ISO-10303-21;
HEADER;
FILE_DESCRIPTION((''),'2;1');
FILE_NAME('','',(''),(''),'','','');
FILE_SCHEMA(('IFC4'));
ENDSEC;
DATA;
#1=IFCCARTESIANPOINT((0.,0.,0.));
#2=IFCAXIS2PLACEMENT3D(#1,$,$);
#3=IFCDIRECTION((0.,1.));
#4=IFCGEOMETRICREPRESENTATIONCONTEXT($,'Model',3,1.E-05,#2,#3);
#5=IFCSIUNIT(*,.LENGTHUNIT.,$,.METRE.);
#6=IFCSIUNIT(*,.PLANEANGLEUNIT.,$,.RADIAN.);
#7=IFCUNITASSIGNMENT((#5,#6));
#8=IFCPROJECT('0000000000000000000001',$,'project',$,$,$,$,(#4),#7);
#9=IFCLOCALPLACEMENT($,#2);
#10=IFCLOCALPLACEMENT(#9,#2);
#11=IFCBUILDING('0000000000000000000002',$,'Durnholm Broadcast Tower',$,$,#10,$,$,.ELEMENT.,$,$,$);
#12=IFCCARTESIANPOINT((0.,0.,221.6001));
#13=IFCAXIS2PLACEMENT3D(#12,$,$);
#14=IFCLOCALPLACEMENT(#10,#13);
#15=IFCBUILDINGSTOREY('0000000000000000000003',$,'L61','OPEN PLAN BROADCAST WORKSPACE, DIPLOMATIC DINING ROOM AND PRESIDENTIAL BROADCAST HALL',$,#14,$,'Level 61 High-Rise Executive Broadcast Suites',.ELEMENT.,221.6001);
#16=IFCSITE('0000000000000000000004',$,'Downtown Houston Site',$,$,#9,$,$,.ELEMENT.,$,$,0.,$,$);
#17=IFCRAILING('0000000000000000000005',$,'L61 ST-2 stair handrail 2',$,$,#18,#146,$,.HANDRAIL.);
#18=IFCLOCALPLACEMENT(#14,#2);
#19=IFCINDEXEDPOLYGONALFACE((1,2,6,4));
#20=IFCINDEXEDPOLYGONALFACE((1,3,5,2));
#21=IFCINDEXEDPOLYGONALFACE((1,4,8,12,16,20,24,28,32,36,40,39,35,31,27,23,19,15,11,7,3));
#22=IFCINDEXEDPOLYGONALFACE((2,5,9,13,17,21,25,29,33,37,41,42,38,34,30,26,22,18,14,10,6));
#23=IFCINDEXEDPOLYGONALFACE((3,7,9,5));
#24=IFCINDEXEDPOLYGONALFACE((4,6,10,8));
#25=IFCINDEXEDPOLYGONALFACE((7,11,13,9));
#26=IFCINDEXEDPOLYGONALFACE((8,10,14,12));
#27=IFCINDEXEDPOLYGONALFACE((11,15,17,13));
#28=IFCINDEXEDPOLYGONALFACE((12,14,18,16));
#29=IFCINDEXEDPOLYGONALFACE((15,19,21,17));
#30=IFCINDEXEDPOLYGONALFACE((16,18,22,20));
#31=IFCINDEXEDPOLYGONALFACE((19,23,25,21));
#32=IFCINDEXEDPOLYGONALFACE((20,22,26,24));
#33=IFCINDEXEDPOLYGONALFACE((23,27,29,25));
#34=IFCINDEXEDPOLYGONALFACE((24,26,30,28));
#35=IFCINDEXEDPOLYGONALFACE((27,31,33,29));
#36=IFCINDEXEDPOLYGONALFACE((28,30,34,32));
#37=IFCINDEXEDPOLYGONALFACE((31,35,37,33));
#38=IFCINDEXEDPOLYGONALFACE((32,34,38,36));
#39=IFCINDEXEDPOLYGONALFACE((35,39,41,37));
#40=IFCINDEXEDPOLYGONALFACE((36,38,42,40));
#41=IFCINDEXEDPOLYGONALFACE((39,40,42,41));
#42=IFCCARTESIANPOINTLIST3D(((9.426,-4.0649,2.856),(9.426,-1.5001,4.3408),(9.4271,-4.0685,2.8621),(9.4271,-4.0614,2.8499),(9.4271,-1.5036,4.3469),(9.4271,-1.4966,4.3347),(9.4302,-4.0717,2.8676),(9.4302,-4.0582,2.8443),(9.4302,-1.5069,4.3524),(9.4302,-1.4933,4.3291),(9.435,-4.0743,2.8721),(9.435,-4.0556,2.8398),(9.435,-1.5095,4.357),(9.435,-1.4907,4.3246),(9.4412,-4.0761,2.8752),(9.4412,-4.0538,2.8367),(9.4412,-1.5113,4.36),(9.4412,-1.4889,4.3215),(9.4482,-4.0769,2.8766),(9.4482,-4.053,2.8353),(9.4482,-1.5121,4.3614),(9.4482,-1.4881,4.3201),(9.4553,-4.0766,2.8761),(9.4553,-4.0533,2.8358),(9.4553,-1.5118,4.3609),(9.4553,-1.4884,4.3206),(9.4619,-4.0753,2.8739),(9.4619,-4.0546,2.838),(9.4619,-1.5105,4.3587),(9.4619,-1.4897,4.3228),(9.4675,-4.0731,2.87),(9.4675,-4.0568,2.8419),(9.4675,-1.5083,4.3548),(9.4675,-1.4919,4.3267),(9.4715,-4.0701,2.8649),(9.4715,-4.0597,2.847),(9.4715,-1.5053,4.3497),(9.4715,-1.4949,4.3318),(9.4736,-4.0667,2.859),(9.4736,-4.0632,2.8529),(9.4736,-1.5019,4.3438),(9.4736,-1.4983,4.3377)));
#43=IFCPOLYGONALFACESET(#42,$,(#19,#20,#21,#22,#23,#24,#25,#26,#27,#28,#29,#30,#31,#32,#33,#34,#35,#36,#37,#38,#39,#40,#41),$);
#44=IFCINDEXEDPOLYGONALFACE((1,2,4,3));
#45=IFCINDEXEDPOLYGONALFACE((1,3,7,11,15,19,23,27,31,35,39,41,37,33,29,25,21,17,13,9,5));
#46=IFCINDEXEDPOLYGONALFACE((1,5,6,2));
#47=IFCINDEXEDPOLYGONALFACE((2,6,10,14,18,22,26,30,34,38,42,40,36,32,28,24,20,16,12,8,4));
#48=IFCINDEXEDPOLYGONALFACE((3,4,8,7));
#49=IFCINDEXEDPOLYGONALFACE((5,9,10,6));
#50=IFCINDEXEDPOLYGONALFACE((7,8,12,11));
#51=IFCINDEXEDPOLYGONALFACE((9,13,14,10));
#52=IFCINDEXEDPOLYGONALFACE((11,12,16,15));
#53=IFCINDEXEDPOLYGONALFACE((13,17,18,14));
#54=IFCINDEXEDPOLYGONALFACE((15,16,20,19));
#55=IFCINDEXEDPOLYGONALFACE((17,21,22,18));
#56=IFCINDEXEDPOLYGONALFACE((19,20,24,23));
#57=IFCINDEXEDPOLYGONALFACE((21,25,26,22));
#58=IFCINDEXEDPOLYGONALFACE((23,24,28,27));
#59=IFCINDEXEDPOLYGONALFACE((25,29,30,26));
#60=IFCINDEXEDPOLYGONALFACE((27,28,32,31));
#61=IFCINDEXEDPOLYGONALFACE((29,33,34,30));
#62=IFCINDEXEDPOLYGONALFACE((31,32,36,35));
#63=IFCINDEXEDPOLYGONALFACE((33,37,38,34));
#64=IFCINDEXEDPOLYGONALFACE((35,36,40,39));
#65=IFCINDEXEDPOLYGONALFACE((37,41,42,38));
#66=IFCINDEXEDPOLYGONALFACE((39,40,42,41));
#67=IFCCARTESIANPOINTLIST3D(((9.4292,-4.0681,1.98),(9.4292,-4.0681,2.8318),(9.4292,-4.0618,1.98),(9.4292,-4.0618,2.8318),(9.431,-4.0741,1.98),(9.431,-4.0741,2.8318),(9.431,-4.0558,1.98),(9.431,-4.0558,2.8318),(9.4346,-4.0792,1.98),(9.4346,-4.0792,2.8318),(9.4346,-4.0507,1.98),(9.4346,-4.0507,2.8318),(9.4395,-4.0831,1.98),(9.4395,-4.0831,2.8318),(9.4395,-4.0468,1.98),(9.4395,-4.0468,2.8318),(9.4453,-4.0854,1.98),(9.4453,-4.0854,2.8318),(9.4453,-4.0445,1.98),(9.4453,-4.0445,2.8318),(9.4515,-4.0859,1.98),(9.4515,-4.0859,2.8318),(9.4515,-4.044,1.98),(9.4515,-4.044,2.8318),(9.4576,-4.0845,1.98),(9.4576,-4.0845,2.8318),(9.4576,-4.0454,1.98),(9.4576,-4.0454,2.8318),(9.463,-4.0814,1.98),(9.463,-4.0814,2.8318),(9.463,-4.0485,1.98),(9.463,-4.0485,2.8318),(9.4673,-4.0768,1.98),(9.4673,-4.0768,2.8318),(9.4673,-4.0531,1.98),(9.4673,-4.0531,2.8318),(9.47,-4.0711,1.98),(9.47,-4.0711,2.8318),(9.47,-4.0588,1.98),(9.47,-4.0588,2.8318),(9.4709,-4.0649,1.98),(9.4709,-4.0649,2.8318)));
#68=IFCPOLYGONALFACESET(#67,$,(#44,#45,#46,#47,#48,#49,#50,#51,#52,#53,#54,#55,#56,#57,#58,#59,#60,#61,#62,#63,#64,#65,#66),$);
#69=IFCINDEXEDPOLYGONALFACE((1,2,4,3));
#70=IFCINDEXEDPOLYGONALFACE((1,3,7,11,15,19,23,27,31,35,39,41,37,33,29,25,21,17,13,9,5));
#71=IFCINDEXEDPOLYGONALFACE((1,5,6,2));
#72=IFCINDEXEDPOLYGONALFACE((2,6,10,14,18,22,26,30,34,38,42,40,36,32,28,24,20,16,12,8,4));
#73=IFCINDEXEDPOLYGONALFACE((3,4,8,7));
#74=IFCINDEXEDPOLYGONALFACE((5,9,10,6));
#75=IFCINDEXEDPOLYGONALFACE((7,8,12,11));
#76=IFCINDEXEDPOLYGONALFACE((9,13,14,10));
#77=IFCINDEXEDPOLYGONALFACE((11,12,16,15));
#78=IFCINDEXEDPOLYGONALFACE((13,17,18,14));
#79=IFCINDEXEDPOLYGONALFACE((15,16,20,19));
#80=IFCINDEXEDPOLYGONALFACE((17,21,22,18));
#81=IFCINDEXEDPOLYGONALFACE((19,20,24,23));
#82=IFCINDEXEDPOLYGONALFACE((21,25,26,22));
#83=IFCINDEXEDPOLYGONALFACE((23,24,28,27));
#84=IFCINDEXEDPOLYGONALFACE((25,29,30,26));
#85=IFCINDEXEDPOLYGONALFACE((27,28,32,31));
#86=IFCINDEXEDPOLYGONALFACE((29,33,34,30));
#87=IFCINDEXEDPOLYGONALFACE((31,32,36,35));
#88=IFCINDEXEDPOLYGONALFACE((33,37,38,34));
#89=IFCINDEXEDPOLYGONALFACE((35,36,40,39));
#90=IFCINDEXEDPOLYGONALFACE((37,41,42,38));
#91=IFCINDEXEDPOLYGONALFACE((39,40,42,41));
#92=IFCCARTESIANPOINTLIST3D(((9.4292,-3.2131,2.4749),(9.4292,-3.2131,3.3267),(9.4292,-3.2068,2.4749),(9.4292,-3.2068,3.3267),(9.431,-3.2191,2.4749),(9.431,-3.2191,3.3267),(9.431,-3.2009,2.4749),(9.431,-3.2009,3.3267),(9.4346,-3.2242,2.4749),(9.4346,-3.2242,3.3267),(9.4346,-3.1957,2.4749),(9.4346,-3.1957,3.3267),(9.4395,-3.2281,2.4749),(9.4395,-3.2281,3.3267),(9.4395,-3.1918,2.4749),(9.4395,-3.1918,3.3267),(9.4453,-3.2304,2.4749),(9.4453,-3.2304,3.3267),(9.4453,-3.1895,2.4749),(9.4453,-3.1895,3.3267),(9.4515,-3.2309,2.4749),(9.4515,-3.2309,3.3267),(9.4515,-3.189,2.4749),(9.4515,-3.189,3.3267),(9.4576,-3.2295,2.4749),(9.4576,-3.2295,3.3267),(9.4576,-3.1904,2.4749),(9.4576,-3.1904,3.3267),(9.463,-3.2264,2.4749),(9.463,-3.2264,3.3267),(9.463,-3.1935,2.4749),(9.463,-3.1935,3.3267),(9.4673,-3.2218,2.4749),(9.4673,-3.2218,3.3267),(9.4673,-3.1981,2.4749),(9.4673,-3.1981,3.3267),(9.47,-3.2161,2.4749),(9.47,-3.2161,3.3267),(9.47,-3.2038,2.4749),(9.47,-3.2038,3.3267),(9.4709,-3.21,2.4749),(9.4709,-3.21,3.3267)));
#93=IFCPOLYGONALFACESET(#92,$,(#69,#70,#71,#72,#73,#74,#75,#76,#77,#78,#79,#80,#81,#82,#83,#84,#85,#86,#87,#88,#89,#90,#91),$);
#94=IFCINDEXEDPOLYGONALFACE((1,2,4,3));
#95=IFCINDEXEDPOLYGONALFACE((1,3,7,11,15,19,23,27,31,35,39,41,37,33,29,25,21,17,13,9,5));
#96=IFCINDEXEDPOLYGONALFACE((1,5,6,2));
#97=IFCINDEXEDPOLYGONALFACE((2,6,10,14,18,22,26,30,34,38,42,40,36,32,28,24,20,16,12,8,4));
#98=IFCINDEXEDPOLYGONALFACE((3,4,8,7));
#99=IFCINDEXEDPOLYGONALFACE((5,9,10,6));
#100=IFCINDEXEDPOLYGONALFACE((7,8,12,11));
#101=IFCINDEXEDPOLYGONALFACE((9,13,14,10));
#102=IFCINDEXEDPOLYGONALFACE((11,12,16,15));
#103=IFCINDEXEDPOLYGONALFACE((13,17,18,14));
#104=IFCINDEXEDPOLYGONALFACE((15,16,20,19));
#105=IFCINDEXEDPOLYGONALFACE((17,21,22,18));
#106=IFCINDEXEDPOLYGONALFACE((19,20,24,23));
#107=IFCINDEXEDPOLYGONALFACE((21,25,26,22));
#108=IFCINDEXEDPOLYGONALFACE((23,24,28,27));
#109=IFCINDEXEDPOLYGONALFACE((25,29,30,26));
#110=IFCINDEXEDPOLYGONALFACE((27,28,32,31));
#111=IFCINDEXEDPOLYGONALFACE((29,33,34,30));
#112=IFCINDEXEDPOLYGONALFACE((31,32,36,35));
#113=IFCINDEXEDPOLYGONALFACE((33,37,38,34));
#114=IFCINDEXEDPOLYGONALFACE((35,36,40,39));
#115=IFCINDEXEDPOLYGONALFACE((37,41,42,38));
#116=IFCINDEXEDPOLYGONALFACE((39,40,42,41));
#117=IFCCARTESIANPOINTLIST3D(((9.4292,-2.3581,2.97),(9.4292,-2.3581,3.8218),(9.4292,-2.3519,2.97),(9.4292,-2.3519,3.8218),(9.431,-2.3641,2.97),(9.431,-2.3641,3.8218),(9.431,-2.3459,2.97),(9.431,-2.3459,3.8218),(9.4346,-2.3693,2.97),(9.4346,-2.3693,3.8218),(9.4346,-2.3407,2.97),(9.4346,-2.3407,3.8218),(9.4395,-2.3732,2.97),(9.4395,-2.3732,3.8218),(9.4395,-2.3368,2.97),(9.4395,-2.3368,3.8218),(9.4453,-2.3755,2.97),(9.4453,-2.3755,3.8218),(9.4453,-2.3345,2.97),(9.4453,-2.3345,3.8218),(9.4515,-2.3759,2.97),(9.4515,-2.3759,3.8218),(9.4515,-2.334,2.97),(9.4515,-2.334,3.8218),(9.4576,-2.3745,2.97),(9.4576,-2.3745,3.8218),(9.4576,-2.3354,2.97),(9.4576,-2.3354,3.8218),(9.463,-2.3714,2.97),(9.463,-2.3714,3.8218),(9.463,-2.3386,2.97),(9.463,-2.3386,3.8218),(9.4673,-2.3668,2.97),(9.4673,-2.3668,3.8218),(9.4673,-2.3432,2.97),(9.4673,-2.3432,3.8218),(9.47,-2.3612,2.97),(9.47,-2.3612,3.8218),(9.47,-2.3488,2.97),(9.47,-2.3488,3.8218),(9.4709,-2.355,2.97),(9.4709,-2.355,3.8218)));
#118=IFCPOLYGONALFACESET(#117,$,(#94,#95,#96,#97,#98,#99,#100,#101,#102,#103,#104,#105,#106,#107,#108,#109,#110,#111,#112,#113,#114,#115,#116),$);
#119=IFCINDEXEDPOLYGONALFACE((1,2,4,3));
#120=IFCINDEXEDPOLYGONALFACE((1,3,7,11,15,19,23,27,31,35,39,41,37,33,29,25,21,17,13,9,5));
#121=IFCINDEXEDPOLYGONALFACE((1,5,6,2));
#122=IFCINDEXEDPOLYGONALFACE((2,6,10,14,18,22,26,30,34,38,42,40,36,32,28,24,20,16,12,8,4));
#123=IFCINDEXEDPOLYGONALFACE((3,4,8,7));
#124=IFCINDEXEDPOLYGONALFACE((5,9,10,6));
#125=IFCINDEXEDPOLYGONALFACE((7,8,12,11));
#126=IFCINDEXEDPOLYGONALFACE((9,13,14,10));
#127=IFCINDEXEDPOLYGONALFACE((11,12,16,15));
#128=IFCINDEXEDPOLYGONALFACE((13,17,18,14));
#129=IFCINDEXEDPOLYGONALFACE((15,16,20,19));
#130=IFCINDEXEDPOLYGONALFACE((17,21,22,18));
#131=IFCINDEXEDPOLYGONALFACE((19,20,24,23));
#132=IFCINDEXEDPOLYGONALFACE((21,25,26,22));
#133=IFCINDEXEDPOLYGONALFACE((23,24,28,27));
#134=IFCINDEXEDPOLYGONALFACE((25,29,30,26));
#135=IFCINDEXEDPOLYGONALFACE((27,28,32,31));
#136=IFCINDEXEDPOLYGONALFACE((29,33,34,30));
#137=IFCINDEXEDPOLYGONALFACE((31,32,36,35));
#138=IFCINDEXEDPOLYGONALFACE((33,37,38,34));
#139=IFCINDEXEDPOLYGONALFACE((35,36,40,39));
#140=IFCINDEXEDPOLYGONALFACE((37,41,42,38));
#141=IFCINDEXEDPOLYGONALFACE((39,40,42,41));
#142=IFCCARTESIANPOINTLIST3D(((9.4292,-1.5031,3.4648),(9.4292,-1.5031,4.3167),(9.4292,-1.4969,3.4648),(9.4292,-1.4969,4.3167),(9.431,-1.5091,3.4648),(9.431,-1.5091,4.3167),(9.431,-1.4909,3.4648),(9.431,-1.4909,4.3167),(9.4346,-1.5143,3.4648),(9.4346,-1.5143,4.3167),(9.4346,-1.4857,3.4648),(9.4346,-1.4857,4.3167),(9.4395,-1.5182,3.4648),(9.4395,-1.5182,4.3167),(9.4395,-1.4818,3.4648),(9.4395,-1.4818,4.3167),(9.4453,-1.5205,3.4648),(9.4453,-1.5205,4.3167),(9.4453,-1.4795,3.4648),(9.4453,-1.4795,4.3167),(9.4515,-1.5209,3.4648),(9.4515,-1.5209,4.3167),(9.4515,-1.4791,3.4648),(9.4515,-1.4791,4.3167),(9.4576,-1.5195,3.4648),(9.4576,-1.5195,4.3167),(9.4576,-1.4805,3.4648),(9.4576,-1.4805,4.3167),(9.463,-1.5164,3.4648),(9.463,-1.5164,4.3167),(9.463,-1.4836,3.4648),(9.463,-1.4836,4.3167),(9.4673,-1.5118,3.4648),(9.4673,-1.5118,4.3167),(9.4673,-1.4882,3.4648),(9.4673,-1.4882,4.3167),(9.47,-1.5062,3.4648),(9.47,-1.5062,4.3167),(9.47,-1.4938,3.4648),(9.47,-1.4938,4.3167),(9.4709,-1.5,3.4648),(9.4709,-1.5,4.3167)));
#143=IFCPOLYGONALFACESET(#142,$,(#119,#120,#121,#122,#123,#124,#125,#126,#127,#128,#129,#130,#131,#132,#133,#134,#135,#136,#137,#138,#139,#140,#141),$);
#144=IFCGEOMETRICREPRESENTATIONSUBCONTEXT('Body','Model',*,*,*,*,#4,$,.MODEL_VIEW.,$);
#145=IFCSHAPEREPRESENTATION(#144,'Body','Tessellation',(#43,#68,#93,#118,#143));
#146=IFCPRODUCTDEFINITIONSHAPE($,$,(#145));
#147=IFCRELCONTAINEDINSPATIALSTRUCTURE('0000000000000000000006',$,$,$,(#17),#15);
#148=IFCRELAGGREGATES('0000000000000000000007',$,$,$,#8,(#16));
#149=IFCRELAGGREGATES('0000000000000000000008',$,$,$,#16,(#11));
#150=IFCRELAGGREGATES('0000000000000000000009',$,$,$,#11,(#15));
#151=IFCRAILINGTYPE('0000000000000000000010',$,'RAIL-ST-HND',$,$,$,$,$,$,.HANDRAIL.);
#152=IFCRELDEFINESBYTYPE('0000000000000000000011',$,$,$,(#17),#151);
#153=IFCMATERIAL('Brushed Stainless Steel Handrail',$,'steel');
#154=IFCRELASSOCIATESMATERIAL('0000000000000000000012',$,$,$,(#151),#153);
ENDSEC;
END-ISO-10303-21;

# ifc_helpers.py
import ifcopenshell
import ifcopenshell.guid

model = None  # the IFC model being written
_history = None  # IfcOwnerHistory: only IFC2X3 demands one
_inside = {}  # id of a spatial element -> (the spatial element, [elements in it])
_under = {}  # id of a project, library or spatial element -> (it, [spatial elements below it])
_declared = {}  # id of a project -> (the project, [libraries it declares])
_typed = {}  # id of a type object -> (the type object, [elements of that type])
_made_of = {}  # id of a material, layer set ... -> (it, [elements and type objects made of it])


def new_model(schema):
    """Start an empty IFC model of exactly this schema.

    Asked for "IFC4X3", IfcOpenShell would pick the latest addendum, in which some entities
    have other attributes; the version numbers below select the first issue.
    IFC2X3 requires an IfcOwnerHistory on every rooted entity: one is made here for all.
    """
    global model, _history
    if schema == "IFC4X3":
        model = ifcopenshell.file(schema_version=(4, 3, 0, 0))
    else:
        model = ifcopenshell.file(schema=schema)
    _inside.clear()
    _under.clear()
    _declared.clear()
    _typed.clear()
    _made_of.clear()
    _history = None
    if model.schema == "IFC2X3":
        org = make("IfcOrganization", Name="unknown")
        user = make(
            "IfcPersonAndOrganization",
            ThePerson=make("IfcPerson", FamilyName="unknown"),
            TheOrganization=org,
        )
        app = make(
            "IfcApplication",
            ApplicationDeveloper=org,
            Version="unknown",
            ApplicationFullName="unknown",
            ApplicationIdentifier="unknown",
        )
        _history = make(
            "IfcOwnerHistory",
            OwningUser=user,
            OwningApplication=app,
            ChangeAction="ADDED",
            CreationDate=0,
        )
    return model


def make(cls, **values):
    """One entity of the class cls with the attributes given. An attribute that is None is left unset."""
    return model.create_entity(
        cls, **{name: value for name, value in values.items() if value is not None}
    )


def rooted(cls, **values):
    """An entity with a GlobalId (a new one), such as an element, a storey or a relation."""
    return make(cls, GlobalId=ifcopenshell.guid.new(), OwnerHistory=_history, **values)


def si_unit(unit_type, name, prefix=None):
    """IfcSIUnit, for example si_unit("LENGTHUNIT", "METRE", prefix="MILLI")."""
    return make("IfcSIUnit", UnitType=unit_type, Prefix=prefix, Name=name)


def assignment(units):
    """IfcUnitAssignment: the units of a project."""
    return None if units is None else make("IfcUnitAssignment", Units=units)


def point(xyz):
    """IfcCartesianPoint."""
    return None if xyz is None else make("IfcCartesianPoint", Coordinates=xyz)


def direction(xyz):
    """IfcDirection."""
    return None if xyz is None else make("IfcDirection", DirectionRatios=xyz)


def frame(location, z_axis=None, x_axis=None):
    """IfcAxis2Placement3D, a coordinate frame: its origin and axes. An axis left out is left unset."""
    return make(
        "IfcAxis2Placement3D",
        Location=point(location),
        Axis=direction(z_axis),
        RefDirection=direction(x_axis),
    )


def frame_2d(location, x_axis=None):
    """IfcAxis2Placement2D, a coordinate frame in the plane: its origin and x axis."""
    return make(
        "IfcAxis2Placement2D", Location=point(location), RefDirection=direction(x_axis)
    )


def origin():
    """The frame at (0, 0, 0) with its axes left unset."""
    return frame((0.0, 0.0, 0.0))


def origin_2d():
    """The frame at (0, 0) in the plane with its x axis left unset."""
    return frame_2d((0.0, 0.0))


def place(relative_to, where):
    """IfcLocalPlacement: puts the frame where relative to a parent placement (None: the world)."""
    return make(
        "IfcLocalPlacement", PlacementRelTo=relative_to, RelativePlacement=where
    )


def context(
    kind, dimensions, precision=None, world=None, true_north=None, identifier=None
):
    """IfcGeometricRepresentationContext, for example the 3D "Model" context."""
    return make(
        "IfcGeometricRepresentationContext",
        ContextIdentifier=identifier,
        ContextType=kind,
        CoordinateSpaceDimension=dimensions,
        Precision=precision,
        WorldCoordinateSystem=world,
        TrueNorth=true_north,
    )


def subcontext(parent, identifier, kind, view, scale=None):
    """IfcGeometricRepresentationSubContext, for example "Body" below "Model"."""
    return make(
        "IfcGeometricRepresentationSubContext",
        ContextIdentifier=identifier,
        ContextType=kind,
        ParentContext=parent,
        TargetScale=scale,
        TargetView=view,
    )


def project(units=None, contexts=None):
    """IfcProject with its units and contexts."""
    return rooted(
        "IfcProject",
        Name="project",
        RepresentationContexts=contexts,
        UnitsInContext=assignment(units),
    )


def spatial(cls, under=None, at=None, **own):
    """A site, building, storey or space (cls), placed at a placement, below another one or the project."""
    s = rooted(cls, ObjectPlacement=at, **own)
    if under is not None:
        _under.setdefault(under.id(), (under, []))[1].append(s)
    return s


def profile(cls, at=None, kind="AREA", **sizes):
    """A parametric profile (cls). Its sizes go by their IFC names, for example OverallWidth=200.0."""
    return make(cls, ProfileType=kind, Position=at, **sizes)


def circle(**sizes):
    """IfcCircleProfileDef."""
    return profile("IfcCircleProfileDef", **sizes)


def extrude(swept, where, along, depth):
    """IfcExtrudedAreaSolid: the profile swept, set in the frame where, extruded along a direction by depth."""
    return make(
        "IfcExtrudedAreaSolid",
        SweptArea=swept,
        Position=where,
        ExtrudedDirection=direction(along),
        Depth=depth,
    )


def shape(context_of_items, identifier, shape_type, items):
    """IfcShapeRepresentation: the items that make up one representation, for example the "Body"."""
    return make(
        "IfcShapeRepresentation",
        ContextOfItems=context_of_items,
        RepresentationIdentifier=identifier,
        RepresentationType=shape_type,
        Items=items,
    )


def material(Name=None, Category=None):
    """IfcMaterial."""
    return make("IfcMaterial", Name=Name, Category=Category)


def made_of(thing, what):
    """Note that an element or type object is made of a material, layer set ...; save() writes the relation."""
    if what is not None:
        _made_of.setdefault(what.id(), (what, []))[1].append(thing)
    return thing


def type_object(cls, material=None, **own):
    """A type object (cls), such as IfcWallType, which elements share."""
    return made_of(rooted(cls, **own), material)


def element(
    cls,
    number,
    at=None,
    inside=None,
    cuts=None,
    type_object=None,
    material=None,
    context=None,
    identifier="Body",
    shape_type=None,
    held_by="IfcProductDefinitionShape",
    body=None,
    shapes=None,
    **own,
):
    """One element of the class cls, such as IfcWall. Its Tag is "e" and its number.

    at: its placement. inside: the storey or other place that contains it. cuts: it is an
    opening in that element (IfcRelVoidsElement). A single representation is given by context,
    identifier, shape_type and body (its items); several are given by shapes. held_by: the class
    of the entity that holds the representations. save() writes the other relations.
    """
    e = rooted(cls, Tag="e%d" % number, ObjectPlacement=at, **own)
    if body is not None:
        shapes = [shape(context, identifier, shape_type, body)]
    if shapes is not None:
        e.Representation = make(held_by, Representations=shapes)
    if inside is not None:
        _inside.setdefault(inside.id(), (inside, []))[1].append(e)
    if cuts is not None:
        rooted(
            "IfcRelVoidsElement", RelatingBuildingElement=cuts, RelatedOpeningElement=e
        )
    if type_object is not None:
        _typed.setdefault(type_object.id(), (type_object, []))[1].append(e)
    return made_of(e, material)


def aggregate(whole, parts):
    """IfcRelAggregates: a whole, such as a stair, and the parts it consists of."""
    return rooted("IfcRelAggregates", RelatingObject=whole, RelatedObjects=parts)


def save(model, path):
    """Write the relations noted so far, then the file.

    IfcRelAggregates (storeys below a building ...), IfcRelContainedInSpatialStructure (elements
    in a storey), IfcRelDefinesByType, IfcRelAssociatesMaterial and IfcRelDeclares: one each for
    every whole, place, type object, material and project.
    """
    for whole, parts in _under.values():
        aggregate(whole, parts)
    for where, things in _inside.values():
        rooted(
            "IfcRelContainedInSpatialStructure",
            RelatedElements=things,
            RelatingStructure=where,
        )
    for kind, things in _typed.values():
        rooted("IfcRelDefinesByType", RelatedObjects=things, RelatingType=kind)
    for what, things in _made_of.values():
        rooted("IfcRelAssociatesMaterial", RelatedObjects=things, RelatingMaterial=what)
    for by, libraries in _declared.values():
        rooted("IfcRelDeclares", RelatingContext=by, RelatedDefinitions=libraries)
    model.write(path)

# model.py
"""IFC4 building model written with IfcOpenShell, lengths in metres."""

from ifc_helpers import new_model, si_unit, direction, frame, origin, origin_2d, place, context, subcontext, project, spatial, circle, extrude, material, type_object, element, save


model = new_model("IFC4")

# Units and contexts
model_context = context("Model", 3, precision=1e-05, world=origin(), true_north=direction((0.0, 1.0)))
body_context = subcontext(model_context, "Body", "Model", "MODEL_VIEW")
ifc_project = project(units=[si_unit("LENGTHUNIT", "METRE"), si_unit("PLANEANGLEUNIT", "RADIAN")], contexts=[model_context])

# Site, building, storey
site_placement = place(None, origin())
site = spatial("IfcSite", under=ifc_project, at=site_placement, Name="Downtown Houston Site", CompositionType="ELEMENT", RefElevation=0.0)
building_placement = place(site_placement, origin())
building = spatial("IfcBuilding", under=site, at=building_placement, Name="Durnholm Broadcast Tower", CompositionType="ELEMENT")
storey_placement = place(building_placement, frame((0.0, 0.0, 221.6001)))
storey = spatial("IfcBuildingStorey", under=building, at=storey_placement, Name="L61", Description="OPEN PLAN BROADCAST WORKSPACE, DIPLOMATIC DINING ROOM AND PRESIDENTIAL BROADCAST HALL", LongName="Level 61 High-Rise Executive Broadcast Suites", CompositionType="ELEMENT", Elevation=221.6001)

# Railing
ifc_material_1 = material(Name="Brushed Stainless Steel Handrail", Category="steel")
railing_type_1 = type_object("IfcRailingType", Name="RAIL-ST-HND", PredefinedType="HANDRAIL", material=ifc_material_1)
railing_1_placement = place(storey_placement, frame((9.45, -4.0649, 1.98)))
element("IfcRailing", 1, at=railing_1_placement, inside=storey, type_object=railing_type_1, Name="L61 ST-2 stair handrail 2", PredefinedType="HANDRAIL", context=body_context, shape_type="SweptSolid", body=[
    extrude(circle(Radius=0.0239, at=origin_2d()), frame((0.0, 0.0, 0.876), z_axis=(0.0, 0.865441, 0.50101), x_axis=(-1.0, 0.0, 0.0)), (0.0, 0.0, 1.0), 2.9636),
    extrude(circle(Radius=0.021, at=origin_2d()), origin(), (0.0, 0.0, 1.0), 0.8518),
    extrude(circle(Radius=0.021, at=origin_2d()), frame((0.0, 0.855, 0.4949)), (0.0, 0.0, 1.0), 0.8518),
    extrude(circle(Radius=0.021, at=origin_2d()), frame((0.0, 1.71, 0.99)), (0.0, 0.0, 1.0), 0.8518),
    extrude(circle(Radius=0.021, at=origin_2d()), frame((0.0, 2.5649, 1.4849)), (0.0, 0.0, 1.0), 0.8518),
])

save(model, "model.ifc")
